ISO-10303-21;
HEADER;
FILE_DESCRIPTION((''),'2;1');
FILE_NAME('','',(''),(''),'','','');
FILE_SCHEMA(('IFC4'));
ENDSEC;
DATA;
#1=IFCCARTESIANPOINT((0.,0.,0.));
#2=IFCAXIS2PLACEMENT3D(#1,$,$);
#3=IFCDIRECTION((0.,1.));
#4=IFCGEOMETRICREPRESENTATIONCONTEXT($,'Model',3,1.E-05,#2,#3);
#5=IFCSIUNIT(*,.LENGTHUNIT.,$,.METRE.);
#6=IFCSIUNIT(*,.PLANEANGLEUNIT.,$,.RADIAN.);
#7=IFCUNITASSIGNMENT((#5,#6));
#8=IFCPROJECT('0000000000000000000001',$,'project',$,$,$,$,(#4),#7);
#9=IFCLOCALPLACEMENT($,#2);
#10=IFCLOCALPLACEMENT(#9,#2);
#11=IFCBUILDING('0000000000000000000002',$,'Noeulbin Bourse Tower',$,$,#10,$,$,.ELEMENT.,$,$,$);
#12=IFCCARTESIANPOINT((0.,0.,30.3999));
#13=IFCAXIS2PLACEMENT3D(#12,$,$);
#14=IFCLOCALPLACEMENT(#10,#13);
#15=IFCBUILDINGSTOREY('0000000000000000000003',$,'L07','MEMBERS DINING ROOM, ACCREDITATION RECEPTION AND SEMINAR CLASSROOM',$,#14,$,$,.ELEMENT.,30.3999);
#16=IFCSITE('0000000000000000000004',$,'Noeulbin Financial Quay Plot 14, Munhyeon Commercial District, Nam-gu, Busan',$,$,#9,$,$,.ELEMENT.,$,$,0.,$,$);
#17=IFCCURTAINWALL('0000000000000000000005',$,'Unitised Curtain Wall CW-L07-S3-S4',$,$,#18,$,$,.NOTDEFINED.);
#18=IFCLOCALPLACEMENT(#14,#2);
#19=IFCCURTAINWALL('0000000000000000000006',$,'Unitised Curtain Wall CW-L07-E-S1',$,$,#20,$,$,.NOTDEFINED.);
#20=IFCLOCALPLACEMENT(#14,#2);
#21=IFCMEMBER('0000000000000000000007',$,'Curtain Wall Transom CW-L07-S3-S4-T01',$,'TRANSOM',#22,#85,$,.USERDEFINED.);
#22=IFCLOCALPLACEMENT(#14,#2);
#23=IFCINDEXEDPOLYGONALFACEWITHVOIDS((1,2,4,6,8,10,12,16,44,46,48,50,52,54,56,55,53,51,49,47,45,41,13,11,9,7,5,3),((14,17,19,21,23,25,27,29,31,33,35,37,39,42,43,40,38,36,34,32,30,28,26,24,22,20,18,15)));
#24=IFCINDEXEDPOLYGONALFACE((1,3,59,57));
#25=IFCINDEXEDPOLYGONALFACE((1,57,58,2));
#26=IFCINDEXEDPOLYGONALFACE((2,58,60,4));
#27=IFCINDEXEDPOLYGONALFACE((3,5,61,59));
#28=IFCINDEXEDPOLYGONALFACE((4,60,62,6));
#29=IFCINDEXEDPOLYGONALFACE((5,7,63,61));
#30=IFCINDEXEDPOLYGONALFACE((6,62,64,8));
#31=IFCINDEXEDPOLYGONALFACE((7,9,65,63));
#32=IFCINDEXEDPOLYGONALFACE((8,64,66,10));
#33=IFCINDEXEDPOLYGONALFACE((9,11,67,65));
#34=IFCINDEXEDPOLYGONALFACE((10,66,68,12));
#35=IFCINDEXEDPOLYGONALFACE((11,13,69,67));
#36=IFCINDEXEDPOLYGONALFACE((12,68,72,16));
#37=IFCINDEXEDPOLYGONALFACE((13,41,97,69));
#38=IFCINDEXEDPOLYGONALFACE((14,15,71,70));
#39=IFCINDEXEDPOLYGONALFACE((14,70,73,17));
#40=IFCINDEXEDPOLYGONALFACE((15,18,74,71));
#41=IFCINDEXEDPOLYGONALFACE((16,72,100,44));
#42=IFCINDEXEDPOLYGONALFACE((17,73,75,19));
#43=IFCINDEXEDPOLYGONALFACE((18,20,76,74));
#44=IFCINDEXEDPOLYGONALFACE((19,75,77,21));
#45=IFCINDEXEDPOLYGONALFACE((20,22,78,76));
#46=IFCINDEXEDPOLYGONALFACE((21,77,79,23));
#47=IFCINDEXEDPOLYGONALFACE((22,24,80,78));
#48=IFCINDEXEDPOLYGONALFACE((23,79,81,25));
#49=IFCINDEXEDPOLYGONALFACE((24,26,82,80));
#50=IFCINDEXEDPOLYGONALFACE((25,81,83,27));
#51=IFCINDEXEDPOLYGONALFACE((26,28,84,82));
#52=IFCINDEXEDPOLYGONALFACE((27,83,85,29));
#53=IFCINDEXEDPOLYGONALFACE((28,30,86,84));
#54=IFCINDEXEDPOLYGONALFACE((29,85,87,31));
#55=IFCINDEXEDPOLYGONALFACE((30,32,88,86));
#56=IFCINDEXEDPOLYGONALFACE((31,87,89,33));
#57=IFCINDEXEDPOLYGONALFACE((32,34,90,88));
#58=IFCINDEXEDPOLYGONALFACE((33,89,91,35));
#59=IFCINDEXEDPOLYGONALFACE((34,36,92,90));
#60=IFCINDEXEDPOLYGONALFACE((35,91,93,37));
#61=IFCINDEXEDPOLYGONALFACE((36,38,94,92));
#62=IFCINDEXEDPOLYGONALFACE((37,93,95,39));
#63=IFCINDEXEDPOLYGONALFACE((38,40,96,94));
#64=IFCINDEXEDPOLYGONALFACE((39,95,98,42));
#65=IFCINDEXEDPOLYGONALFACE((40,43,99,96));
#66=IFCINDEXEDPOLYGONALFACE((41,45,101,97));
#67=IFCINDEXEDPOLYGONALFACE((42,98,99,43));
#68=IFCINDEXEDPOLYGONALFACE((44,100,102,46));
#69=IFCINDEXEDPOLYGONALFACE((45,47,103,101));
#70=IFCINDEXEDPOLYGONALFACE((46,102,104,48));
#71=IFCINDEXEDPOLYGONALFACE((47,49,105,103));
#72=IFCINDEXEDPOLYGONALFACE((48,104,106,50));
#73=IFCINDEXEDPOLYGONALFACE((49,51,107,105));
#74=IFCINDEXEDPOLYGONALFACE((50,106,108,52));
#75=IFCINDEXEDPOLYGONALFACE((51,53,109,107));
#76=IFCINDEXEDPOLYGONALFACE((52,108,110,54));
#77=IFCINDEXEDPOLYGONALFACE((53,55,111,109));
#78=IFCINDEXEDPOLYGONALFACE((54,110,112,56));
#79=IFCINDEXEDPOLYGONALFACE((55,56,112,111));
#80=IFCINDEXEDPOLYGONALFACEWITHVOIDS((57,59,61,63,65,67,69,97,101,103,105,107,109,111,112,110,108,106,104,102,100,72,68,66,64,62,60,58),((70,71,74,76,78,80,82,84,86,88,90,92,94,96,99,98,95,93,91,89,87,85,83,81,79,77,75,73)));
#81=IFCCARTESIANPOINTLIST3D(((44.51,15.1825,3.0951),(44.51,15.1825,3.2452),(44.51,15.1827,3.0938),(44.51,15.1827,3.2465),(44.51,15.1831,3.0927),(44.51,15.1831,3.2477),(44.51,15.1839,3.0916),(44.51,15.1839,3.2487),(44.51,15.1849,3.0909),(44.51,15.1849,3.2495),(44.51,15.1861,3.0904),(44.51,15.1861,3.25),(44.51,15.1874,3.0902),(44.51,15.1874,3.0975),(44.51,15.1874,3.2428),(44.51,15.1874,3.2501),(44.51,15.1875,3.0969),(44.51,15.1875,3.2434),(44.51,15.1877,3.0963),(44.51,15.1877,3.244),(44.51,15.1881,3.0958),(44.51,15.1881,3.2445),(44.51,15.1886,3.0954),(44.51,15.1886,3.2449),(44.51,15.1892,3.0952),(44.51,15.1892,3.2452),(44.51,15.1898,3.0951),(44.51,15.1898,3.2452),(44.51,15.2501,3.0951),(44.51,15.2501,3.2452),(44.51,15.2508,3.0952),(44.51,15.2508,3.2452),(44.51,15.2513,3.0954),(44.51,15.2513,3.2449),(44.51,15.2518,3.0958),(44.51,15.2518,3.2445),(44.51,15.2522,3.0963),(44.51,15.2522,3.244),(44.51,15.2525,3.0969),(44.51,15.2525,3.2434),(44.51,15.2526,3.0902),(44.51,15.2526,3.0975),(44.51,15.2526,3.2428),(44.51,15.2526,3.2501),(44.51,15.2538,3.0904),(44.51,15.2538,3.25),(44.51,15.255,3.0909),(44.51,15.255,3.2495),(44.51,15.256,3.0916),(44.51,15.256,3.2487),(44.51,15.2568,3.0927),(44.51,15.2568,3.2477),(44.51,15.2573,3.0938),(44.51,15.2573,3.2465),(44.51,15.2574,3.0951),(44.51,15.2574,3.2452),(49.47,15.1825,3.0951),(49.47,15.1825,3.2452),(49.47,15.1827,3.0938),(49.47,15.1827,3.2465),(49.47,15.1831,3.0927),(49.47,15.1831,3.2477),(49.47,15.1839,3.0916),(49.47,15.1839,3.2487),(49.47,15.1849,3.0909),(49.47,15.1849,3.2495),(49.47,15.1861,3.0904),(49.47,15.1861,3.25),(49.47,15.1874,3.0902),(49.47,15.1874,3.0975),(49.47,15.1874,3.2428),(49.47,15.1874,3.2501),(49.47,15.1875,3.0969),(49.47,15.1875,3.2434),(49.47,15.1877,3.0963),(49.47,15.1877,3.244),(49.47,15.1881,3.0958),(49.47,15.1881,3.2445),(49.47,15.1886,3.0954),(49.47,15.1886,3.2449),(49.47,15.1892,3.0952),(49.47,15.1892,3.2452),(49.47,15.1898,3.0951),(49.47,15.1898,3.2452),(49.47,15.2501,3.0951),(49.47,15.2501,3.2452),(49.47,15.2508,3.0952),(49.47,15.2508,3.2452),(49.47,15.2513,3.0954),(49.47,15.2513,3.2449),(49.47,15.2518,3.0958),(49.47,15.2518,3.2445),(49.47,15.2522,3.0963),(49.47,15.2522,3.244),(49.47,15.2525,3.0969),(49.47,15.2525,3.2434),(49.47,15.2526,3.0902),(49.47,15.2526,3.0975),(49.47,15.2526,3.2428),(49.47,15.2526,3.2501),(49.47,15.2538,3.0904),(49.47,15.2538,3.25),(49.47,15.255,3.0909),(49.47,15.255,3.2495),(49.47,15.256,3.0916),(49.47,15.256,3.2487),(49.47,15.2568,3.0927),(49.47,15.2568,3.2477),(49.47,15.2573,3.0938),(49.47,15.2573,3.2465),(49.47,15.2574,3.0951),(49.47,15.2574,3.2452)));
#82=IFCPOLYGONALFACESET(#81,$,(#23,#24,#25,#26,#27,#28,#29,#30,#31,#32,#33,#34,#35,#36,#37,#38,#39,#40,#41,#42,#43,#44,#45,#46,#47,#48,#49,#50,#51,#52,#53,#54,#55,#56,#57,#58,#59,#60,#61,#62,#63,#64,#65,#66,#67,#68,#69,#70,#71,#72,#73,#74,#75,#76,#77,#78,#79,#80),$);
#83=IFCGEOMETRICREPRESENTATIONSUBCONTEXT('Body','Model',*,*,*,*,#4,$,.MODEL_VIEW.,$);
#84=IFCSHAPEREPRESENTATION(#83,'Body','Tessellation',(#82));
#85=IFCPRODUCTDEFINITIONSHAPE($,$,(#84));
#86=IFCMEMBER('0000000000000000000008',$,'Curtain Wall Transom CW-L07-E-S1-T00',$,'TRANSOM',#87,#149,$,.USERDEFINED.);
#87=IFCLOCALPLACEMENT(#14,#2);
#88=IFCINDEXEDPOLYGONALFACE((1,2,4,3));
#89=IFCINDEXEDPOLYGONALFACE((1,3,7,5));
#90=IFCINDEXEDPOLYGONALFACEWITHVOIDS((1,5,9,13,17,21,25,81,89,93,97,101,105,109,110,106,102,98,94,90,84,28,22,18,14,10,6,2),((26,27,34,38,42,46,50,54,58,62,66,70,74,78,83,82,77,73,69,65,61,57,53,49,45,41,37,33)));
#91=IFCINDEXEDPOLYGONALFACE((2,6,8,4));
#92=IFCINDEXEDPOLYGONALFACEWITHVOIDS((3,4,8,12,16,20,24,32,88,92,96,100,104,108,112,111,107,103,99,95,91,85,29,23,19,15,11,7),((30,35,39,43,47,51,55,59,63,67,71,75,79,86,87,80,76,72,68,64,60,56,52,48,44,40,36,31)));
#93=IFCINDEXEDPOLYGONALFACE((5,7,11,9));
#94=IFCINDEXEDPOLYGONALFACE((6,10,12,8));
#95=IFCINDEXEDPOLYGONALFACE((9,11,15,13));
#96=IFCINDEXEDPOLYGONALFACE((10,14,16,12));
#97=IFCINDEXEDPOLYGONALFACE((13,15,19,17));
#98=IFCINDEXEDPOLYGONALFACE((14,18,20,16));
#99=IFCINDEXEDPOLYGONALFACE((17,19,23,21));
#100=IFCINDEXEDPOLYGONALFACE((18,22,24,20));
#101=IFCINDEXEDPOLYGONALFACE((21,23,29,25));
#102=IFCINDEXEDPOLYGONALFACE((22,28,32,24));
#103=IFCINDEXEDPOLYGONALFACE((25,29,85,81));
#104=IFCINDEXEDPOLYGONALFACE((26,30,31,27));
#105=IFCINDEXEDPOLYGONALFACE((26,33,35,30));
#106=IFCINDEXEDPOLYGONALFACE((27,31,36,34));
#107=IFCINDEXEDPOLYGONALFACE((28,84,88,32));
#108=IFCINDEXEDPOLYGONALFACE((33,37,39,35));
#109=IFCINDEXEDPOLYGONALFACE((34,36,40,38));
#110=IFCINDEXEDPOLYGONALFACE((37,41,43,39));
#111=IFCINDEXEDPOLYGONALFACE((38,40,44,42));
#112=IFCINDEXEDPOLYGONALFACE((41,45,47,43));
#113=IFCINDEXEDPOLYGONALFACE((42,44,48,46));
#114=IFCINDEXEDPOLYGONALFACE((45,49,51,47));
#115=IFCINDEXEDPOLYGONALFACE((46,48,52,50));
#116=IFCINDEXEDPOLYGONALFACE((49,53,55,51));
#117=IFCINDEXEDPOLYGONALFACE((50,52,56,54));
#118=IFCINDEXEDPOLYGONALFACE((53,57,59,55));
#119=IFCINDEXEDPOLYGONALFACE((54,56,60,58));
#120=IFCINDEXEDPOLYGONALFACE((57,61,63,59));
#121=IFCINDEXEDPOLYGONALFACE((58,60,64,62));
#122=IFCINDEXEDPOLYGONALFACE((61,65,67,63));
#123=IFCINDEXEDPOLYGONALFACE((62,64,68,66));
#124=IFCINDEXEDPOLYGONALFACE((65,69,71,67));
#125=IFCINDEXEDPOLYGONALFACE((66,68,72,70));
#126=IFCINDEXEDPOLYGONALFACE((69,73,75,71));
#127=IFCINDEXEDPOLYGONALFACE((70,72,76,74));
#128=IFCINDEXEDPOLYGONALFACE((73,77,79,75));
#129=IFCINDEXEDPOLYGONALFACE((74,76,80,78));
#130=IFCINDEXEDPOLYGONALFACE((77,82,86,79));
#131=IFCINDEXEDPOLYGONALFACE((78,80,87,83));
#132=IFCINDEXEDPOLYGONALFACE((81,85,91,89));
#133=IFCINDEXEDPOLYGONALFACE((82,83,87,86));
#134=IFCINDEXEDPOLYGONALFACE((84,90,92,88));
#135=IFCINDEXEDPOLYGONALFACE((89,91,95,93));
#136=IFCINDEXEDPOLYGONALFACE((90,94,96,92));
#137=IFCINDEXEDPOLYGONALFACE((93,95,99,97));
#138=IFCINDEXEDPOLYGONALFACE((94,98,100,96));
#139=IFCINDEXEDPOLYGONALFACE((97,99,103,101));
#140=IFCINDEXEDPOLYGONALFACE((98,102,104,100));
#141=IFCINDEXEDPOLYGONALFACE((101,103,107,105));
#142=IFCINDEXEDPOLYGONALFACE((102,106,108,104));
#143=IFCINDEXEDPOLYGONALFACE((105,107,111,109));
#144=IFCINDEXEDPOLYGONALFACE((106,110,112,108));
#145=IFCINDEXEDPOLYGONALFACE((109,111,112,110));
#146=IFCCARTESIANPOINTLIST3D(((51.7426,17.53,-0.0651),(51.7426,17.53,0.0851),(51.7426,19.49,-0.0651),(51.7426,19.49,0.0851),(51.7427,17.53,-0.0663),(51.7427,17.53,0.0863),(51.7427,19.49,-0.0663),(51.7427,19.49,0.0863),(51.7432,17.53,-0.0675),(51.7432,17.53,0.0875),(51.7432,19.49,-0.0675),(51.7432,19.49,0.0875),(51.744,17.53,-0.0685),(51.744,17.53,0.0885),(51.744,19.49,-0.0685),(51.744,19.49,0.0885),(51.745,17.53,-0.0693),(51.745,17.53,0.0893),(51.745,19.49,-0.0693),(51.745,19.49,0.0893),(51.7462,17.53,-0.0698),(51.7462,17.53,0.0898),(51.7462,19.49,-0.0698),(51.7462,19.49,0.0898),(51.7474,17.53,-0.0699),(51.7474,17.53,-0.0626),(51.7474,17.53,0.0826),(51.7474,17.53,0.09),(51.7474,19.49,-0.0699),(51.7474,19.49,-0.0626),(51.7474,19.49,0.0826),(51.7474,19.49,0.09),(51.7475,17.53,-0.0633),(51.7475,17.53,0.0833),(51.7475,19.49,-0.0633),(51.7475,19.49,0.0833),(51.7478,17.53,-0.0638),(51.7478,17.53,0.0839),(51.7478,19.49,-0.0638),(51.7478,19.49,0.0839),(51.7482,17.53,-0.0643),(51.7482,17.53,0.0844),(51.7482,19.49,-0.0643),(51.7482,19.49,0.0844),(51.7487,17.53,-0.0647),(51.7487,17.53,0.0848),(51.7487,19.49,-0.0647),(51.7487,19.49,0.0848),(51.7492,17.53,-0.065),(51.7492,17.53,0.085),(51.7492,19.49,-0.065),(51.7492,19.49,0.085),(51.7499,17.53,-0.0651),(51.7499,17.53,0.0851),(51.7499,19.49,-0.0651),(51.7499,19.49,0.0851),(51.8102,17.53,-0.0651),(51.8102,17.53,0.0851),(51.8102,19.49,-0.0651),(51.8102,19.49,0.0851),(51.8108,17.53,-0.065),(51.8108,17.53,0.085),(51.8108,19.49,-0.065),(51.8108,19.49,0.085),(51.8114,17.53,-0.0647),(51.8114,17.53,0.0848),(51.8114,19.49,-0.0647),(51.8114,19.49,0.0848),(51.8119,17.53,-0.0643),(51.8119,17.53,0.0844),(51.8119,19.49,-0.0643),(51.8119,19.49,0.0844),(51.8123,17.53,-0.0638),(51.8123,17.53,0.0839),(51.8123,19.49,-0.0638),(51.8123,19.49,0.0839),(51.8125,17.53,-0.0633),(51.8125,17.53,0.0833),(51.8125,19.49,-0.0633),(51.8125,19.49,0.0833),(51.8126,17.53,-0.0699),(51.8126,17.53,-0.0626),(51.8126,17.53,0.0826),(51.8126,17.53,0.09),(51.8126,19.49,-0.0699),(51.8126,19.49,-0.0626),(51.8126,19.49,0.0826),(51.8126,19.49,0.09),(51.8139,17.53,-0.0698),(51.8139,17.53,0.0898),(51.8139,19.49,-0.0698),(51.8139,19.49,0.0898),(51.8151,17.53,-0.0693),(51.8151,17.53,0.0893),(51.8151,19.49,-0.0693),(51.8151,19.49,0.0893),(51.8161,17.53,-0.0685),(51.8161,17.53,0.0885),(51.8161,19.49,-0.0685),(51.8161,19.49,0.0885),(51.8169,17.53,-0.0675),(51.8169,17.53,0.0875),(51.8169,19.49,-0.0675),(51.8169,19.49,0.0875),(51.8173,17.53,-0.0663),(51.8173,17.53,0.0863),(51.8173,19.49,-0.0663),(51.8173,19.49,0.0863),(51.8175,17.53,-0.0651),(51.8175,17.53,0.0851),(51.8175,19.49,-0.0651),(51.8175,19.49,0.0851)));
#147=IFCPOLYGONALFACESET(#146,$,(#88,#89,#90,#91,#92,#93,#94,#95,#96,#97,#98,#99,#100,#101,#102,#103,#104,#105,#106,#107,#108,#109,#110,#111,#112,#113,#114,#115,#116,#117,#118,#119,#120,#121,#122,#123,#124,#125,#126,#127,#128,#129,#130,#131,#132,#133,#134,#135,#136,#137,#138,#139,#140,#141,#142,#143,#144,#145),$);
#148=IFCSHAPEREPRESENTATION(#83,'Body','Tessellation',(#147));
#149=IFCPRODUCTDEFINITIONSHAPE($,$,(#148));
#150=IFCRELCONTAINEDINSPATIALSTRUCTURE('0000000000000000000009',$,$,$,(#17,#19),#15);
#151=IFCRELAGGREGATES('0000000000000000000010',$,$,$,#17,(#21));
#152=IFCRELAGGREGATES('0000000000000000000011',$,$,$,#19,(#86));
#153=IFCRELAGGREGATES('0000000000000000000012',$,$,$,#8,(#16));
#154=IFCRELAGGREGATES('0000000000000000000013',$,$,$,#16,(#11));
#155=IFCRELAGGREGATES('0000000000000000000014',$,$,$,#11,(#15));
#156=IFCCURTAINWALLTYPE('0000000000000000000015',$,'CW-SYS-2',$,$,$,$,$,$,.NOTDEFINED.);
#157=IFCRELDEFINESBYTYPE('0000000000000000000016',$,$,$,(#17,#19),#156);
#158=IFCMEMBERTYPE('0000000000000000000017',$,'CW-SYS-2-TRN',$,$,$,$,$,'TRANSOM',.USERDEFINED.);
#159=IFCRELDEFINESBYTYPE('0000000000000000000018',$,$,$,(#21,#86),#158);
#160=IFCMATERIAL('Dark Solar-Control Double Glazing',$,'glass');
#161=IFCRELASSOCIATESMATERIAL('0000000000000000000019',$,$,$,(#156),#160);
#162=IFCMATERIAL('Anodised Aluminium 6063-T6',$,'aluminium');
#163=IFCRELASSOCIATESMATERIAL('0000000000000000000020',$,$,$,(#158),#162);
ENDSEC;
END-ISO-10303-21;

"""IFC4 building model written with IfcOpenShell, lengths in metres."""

from ifc_helpers import new_model, si_unit, direction, frame, origin, origin_2d, place, context, subcontext, project, spatial, hollow_rectangle, extrude, material, material_profile, profile_set, type_object, element, aggregate, save


model = new_model("IFC4")

# Units and contexts
model_context = context("Model", 3, precision=1e-05, world=origin(), true_north=direction((0.0, 1.0)))
body_context = subcontext(model_context, "Body", "Model", "MODEL_VIEW")
ifc_project = project(units=[si_unit("LENGTHUNIT", "METRE"), si_unit("PLANEANGLEUNIT", "RADIAN")], contexts=[model_context])

# Site, building, storey
site_placement = place(None, origin())
site = spatial("IfcSite", under=ifc_project, at=site_placement, Name="Noeulbin Financial Quay Plot 14, Munhyeon Commercial District, Nam-gu, Busan", CompositionType="ELEMENT", RefElevation=0.0)
building_placement = place(site_placement, origin())
building = spatial("IfcBuilding", under=site, at=building_placement, Name="Noeulbin Bourse Tower", CompositionType="ELEMENT")
storey_placement = place(building_placement, frame((0.0, 0.0, 30.3999)))
storey = spatial("IfcBuildingStorey", under=building, at=storey_placement, Name="L07", Description="MEMBERS DINING ROOM, ACCREDITATION RECEPTION AND SEMINAR CLASSROOM", CompositionType="ELEMENT", Elevation=30.3999)

# Curtain walls
ifc_material_1 = material(Name="Dark Solar-Control Double Glazing", Category="glass")
curtain_wall_type = type_object("IfcCurtainWallType", Name="CW-SYS-2", PredefinedType="NOTDEFINED", material=ifc_material_1)
curtain_wall_1_placement = place(storey_placement, origin())
curtain_wall_1 = element("IfcCurtainWall", 1, at=curtain_wall_1_placement, inside=storey, type_object=curtain_wall_type, Name="Unitised Curtain Wall CW-L07-S3-S4", PredefinedType="NOTDEFINED")
ifc_material_2 = material(Name="Anodised Aluminium 6063-T6", Category="aluminium")
curtain_wall_2_placement = place(storey_placement, origin())
curtain_wall_2 = element("IfcCurtainWall", 2, at=curtain_wall_2_placement, inside=storey, type_object=curtain_wall_type, Name="Unitised Curtain Wall CW-L07-E-S1", PredefinedType="NOTDEFINED")

# Members
ifc_material_profile_1 = material_profile(ifc_material_2, hollow_rectangle(XDim=0.075, YDim=0.1599, WallThickness=0.0049, InnerFilletRadius=0.0024, OuterFilletRadius=0.0049, at=origin_2d()), Name="ALU-TRAN-75x160x5", Category="LoadBearing")
ifc_profile_set_1 = profile_set([ifc_material_profile_1], Name="Anodised Aluminium 6063-T6")
member_type_1 = type_object("IfcMemberType", Name="CW-SYS-2-TRN", ElementType="TRANSOM", PredefinedType="USERDEFINED", material=ifc_profile_set_1)
member_1_placement = place(storey_placement, frame((44.51, 15.22, 3.1702), z_axis=(1.0, 0.0, 0.0), x_axis=(0.0, 1.0, 0.0)))
member_1 = element("IfcMember", 3, at=member_1_placement, type_object=member_type_1, Name="Curtain Wall Transom CW-L07-S3-S4-T01", ObjectType="TRANSOM", PredefinedType="USERDEFINED", context=body_context, shape_type="SweptSolid", body=[
    extrude(hollow_rectangle(XDim=0.075, YDim=0.1599, WallThickness=0.0049, InnerFilletRadius=0.0024, OuterFilletRadius=0.0049, at=origin_2d()), origin(), (0.0, 0.0, 1.0), 4.96),
])
member_2_placement = place(storey_placement, frame((51.78, 17.53, 0.01), z_axis=(0.0, 1.0, 0.0), x_axis=(-1.0, 0.0, 0.0)))
member_2 = element("IfcMember", 4, at=member_2_placement, type_object=member_type_1, Name="Curtain Wall Transom CW-L07-E-S1-T00", ObjectType="TRANSOM", PredefinedType="USERDEFINED", context=body_context, shape_type="SweptSolid", body=[
    extrude(hollow_rectangle(XDim=0.075, YDim=0.1599, WallThickness=0.0049, InnerFilletRadius=0.0024, OuterFilletRadius=0.0049, at=origin_2d()), origin(), (0.0, 0.0, 1.0), 1.96),
])

aggregate(curtain_wall_1, [member_1])
aggregate(curtain_wall_2, [member_2])

save(model, "model.ifc")
